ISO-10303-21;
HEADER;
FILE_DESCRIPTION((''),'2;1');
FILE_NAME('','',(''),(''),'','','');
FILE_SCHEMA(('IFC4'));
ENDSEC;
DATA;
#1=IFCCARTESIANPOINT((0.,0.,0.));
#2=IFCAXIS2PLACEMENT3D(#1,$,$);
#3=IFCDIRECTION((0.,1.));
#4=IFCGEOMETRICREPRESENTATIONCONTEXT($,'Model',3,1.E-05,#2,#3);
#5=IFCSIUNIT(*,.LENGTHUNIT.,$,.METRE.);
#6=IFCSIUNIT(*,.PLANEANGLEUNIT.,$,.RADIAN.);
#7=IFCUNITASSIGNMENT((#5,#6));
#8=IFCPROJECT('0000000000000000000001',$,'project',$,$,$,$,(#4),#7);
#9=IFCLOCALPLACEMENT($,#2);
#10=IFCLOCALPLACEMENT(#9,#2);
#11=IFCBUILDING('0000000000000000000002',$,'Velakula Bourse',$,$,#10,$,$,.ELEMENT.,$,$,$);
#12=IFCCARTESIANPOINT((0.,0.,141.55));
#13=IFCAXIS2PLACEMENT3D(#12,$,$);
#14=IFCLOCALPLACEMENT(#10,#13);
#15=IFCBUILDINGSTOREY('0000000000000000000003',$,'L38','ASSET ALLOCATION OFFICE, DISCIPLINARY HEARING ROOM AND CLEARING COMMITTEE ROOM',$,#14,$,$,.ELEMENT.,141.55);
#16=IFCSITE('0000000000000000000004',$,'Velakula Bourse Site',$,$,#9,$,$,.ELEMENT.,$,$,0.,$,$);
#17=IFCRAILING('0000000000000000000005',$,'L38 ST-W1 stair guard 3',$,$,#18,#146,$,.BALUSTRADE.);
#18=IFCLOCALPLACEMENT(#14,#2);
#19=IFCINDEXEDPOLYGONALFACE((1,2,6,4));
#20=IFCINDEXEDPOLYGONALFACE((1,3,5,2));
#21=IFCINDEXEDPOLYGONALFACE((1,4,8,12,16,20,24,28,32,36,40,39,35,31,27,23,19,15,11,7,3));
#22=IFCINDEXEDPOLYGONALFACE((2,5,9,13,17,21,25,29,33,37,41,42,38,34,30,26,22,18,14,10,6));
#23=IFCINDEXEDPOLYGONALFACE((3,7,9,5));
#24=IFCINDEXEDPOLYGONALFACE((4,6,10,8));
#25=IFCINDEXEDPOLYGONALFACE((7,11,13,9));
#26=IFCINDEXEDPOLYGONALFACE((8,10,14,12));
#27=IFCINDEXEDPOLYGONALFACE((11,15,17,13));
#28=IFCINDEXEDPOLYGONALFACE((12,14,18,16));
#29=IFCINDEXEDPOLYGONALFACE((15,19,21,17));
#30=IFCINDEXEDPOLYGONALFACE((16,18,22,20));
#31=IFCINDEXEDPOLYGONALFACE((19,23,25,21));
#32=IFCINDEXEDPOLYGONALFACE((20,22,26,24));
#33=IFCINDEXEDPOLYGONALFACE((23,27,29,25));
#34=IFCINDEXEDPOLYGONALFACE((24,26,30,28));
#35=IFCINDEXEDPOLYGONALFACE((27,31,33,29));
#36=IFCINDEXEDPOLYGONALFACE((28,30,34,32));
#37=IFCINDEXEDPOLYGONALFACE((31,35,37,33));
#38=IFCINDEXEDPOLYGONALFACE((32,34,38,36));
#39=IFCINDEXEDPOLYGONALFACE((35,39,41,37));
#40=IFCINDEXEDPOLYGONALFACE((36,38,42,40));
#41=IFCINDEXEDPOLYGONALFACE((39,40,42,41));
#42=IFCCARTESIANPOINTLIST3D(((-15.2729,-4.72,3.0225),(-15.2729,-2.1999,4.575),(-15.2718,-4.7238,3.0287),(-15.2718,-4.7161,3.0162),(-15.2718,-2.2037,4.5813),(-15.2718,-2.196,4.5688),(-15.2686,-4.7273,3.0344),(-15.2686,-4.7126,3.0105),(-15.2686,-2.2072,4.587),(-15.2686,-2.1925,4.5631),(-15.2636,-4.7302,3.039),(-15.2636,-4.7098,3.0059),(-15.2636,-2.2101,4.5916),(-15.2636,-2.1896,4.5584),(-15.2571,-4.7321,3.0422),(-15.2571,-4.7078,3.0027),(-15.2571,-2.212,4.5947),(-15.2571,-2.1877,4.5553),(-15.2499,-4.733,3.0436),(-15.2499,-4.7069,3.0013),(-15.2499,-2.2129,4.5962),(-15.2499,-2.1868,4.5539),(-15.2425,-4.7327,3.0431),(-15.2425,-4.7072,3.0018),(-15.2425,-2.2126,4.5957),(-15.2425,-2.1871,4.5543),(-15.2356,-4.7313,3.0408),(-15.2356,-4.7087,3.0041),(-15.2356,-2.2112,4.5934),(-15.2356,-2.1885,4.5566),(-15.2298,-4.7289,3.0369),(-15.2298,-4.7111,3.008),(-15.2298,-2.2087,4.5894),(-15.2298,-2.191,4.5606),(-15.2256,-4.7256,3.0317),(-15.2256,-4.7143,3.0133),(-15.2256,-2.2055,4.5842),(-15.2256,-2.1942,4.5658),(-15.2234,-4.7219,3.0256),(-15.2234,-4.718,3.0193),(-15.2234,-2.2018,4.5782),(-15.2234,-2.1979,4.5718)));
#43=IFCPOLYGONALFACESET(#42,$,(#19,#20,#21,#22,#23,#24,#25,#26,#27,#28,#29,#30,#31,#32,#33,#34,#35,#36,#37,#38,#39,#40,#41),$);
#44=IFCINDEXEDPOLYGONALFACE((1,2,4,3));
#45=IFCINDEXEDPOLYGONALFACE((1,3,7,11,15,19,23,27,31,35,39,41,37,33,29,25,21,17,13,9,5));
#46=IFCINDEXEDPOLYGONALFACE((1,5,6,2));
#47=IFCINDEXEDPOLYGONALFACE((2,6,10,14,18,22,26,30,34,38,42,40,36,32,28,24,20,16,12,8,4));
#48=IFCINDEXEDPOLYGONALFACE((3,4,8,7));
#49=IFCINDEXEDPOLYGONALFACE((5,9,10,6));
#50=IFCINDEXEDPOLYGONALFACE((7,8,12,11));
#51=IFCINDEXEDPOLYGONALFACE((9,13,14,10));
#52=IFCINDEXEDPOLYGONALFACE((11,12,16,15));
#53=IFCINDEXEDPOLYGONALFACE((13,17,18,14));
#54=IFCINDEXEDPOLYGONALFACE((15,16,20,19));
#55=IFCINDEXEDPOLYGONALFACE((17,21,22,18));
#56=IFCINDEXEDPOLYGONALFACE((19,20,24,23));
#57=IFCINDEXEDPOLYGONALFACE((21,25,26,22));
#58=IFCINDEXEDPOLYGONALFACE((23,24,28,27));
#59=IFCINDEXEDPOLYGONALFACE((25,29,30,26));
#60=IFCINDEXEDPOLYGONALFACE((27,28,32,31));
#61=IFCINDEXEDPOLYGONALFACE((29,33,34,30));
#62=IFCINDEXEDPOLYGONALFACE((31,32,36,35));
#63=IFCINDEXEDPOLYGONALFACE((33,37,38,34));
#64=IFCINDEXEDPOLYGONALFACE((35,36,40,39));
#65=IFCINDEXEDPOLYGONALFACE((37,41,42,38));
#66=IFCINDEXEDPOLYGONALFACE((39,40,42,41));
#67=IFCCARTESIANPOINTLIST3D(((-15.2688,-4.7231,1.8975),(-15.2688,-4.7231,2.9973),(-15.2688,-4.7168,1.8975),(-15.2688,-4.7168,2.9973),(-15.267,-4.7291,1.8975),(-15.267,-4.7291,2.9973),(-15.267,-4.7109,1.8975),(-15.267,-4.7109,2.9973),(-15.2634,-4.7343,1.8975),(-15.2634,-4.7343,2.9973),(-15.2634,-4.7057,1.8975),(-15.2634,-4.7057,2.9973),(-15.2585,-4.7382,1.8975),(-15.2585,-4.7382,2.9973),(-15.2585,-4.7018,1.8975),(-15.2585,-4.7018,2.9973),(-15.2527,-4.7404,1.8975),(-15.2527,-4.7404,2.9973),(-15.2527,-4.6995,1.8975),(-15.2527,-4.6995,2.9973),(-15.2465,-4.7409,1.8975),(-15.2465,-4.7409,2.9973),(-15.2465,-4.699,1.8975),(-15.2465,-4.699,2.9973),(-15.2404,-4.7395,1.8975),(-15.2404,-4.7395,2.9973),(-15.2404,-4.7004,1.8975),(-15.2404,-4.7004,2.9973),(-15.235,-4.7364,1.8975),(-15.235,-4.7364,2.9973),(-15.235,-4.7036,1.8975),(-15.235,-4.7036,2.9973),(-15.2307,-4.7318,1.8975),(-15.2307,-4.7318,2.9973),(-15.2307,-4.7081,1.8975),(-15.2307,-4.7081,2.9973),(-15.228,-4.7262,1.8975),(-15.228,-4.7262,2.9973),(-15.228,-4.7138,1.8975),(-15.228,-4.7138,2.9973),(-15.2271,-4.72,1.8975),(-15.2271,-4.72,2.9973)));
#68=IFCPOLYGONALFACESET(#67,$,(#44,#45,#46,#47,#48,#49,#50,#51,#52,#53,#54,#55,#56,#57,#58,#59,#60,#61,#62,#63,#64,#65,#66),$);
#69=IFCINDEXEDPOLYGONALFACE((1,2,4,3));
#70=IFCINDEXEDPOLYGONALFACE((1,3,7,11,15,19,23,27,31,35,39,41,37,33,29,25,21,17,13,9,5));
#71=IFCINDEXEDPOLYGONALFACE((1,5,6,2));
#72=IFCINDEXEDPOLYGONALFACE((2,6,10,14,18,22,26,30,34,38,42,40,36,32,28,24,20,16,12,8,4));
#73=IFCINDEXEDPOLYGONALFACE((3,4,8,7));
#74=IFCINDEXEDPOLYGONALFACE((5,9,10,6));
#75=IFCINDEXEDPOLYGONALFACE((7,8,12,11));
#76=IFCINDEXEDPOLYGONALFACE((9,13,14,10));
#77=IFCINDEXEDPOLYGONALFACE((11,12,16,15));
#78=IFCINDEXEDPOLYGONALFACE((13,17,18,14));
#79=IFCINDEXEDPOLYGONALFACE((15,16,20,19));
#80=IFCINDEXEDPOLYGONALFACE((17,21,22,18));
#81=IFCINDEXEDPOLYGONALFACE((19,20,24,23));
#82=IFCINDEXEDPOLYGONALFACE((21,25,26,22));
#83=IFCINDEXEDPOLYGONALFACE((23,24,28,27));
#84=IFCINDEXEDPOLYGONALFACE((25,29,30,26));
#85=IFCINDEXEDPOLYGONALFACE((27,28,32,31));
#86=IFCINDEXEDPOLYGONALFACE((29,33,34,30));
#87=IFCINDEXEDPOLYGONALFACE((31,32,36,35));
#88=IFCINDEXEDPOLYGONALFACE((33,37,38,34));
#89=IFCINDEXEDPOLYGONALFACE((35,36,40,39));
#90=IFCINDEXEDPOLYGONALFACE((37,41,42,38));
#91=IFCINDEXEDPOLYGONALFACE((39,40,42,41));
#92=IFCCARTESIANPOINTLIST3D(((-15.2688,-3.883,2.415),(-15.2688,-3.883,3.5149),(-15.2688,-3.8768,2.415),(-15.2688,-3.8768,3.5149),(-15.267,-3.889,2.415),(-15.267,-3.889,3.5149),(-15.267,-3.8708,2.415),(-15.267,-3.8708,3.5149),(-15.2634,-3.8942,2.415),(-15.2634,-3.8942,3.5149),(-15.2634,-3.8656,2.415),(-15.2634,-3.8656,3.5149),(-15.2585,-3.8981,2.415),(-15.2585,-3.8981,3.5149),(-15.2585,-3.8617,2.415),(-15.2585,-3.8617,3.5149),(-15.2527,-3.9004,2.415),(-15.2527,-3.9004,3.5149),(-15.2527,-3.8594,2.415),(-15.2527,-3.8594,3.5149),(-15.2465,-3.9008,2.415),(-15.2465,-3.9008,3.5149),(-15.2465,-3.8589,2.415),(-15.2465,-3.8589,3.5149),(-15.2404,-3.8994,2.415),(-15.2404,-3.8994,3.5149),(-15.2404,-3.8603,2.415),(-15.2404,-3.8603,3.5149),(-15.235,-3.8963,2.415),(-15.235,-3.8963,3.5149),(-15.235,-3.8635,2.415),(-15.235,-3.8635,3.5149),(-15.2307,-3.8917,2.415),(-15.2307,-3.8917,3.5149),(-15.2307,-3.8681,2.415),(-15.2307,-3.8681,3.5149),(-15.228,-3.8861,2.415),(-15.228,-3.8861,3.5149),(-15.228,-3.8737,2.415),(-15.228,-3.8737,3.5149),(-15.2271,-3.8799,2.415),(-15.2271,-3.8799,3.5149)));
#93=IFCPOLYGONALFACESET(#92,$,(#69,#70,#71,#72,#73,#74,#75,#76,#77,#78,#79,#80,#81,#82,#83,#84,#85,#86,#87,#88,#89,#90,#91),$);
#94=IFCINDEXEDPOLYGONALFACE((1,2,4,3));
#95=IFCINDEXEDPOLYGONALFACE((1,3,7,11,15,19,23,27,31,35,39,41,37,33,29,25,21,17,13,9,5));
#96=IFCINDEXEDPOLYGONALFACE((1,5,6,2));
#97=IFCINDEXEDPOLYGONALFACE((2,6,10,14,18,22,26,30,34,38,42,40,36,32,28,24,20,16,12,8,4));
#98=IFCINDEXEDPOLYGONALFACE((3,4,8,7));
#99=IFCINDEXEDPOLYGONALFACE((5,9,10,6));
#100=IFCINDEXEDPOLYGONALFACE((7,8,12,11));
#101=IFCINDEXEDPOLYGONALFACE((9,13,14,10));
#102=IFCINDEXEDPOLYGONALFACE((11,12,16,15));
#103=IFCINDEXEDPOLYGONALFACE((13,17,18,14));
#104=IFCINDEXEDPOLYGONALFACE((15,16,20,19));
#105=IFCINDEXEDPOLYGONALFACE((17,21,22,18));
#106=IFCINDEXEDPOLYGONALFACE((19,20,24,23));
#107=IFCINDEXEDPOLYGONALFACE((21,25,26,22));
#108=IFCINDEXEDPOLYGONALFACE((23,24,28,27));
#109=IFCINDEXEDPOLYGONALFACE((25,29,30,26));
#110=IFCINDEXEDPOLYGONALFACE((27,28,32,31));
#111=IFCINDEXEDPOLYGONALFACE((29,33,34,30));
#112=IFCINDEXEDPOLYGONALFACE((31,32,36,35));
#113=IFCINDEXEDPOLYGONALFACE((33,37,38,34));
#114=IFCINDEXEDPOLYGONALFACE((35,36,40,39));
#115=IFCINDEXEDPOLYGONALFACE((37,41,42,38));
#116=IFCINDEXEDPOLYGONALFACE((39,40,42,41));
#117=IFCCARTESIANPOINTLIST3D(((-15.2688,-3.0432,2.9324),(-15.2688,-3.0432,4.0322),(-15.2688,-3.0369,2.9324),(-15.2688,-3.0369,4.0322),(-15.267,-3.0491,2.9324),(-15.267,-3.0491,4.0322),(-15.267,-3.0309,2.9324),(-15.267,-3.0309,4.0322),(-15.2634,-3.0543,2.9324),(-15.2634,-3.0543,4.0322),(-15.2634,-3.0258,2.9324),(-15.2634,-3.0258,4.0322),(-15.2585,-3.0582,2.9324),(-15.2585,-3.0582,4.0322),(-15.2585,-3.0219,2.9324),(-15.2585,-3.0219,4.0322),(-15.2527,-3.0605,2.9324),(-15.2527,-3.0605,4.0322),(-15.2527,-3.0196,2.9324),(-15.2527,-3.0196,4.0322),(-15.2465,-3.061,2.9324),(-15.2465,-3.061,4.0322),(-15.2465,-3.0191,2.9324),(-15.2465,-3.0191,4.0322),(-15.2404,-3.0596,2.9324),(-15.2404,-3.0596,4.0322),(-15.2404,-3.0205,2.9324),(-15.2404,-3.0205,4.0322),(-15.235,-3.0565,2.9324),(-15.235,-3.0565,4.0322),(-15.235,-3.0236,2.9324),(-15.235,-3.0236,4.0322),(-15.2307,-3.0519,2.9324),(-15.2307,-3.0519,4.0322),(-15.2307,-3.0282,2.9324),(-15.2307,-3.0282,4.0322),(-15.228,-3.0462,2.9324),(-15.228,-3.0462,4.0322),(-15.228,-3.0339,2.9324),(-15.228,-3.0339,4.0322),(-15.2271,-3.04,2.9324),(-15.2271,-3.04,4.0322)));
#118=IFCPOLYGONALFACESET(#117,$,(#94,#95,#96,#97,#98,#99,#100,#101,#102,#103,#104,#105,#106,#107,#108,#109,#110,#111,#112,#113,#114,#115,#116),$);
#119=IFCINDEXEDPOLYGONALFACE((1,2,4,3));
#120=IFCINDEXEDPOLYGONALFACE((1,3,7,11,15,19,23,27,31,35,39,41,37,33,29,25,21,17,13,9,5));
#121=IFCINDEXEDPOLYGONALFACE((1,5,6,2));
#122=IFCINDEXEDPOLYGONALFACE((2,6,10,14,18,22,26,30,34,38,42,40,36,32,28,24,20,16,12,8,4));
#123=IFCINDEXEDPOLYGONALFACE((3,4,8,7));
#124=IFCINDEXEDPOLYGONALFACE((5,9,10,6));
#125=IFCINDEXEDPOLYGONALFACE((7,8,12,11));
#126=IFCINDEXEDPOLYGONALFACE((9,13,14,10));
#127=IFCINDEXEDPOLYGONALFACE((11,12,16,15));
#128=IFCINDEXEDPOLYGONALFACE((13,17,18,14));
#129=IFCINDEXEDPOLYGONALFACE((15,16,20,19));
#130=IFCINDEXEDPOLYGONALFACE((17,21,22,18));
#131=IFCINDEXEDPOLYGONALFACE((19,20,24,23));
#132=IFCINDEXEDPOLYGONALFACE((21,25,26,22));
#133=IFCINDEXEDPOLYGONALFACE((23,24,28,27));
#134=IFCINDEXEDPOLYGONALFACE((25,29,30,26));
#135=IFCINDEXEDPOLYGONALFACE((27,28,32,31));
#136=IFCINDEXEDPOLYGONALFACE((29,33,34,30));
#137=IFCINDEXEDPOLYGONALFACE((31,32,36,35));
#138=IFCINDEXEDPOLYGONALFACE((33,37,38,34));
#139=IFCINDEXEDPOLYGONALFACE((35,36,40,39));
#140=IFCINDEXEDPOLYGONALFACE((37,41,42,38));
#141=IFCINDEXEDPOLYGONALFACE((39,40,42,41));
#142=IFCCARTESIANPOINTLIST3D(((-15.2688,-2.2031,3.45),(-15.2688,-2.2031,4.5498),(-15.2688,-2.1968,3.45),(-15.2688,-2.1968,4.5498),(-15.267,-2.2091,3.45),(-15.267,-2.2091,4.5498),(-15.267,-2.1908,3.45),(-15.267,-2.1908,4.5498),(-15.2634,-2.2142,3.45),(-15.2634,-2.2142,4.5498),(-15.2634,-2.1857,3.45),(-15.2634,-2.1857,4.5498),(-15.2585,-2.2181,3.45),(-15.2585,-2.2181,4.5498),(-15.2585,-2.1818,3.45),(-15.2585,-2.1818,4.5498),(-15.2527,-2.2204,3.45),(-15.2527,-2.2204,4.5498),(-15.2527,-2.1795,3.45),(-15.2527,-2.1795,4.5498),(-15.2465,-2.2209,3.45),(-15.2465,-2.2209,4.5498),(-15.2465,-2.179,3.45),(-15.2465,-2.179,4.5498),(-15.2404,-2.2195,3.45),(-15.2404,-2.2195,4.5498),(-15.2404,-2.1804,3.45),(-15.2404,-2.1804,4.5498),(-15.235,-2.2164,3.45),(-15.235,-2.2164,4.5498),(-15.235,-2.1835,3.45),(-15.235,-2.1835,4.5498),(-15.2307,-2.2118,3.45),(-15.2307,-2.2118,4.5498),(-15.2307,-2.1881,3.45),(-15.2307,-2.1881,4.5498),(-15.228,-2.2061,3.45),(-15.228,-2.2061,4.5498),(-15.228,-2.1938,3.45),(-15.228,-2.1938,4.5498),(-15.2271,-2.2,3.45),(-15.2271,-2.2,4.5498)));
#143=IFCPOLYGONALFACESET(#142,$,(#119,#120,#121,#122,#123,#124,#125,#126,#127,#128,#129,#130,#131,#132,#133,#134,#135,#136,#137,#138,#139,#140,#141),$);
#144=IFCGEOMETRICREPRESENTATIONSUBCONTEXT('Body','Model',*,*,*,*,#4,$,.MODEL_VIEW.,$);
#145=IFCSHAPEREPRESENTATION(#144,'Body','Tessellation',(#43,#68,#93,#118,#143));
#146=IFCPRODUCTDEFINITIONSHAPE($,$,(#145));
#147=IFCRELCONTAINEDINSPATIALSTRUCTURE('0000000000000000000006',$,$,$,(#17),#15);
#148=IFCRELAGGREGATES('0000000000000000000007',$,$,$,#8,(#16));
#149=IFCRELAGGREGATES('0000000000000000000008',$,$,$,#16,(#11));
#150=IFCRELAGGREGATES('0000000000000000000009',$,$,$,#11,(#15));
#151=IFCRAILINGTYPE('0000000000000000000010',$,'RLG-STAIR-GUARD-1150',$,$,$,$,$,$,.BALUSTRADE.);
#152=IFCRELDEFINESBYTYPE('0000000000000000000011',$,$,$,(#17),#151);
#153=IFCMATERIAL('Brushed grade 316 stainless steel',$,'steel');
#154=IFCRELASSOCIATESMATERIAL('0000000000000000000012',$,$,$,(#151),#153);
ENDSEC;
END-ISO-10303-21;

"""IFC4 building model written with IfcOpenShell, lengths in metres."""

from ifc_helpers import new_model, si_unit, direction, frame, origin, origin_2d, place, context, subcontext, project, spatial, circle, extrude, material, type_object, element, save


model = new_model("IFC4")

# Units and contexts
model_context = context("Model", 3, precision=1e-05, world=origin(), true_north=direction((0.0, 1.0)))
body_context = subcontext(model_context, "Body", "Model", "MODEL_VIEW")
ifc_project = project(units=[si_unit("LENGTHUNIT", "METRE"), si_unit("PLANEANGLEUNIT", "RADIAN")], contexts=[model_context])

# Site, building, storey
site_placement = place(None, origin())
site = spatial("IfcSite", under=ifc_project, at=site_placement, Name="Velakula Bourse Site", CompositionType="ELEMENT", RefElevation=0.0)
building_placement = place(site_placement, origin())
building = spatial("IfcBuilding", under=site, at=building_placement, Name="Velakula Bourse", CompositionType="ELEMENT")
storey_placement = place(building_placement, frame((0.0, 0.0, 141.55)))
storey = spatial("IfcBuildingStorey", under=building, at=storey_placement, Name="L38", Description="ASSET ALLOCATION OFFICE, DISCIPLINARY HEARING ROOM AND CLEARING COMMITTEE ROOM", CompositionType="ELEMENT", Elevation=141.55)

# Shared definitions
ifc_material_1 = material(Name="Brushed grade 316 stainless steel", Category="steel")

# Railing
railing_type_1 = type_object("IfcRailingType", Name="RLG-STAIR-GUARD-1150", PredefinedType="BALUSTRADE", material=ifc_material_1)
railing_1_placement = place(storey_placement, frame((-15.248, -4.72, 1.8975)))
element("IfcRailing", 1, at=railing_1_placement, inside=storey, type_object=railing_type_1, Name="L38 ST-W1 stair guard 3", PredefinedType="BALUSTRADE", context=body_context, shape_type="SweptSolid", body=[
    extrude(circle(Radius=0.0249, at=origin_2d()), frame((0.0, 0.0, 1.125), z_axis=(0.0, 0.8514, 0.524516), x_axis=(-1.0, 0.0, 0.0)), (0.0, 0.0, 1.0), 2.96),
    extrude(circle(Radius=0.021, at=origin_2d()), origin(), (0.0, 0.0, 1.0), 1.0999),
    extrude(circle(Radius=0.021, at=origin_2d()), frame((0.0, 0.8401, 0.5176)), (0.0, 0.0, 1.0), 1.0999),
    extrude(circle(Radius=0.021, at=origin_2d()), frame((0.0, 1.6799, 1.0349)), (0.0, 0.0, 1.0), 1.0999),
    extrude(circle(Radius=0.021, at=origin_2d()), frame((0.0, 2.52, 1.5525)), (0.0, 0.0, 1.0), 1.0999),
])

save(model, "model.ifc")
